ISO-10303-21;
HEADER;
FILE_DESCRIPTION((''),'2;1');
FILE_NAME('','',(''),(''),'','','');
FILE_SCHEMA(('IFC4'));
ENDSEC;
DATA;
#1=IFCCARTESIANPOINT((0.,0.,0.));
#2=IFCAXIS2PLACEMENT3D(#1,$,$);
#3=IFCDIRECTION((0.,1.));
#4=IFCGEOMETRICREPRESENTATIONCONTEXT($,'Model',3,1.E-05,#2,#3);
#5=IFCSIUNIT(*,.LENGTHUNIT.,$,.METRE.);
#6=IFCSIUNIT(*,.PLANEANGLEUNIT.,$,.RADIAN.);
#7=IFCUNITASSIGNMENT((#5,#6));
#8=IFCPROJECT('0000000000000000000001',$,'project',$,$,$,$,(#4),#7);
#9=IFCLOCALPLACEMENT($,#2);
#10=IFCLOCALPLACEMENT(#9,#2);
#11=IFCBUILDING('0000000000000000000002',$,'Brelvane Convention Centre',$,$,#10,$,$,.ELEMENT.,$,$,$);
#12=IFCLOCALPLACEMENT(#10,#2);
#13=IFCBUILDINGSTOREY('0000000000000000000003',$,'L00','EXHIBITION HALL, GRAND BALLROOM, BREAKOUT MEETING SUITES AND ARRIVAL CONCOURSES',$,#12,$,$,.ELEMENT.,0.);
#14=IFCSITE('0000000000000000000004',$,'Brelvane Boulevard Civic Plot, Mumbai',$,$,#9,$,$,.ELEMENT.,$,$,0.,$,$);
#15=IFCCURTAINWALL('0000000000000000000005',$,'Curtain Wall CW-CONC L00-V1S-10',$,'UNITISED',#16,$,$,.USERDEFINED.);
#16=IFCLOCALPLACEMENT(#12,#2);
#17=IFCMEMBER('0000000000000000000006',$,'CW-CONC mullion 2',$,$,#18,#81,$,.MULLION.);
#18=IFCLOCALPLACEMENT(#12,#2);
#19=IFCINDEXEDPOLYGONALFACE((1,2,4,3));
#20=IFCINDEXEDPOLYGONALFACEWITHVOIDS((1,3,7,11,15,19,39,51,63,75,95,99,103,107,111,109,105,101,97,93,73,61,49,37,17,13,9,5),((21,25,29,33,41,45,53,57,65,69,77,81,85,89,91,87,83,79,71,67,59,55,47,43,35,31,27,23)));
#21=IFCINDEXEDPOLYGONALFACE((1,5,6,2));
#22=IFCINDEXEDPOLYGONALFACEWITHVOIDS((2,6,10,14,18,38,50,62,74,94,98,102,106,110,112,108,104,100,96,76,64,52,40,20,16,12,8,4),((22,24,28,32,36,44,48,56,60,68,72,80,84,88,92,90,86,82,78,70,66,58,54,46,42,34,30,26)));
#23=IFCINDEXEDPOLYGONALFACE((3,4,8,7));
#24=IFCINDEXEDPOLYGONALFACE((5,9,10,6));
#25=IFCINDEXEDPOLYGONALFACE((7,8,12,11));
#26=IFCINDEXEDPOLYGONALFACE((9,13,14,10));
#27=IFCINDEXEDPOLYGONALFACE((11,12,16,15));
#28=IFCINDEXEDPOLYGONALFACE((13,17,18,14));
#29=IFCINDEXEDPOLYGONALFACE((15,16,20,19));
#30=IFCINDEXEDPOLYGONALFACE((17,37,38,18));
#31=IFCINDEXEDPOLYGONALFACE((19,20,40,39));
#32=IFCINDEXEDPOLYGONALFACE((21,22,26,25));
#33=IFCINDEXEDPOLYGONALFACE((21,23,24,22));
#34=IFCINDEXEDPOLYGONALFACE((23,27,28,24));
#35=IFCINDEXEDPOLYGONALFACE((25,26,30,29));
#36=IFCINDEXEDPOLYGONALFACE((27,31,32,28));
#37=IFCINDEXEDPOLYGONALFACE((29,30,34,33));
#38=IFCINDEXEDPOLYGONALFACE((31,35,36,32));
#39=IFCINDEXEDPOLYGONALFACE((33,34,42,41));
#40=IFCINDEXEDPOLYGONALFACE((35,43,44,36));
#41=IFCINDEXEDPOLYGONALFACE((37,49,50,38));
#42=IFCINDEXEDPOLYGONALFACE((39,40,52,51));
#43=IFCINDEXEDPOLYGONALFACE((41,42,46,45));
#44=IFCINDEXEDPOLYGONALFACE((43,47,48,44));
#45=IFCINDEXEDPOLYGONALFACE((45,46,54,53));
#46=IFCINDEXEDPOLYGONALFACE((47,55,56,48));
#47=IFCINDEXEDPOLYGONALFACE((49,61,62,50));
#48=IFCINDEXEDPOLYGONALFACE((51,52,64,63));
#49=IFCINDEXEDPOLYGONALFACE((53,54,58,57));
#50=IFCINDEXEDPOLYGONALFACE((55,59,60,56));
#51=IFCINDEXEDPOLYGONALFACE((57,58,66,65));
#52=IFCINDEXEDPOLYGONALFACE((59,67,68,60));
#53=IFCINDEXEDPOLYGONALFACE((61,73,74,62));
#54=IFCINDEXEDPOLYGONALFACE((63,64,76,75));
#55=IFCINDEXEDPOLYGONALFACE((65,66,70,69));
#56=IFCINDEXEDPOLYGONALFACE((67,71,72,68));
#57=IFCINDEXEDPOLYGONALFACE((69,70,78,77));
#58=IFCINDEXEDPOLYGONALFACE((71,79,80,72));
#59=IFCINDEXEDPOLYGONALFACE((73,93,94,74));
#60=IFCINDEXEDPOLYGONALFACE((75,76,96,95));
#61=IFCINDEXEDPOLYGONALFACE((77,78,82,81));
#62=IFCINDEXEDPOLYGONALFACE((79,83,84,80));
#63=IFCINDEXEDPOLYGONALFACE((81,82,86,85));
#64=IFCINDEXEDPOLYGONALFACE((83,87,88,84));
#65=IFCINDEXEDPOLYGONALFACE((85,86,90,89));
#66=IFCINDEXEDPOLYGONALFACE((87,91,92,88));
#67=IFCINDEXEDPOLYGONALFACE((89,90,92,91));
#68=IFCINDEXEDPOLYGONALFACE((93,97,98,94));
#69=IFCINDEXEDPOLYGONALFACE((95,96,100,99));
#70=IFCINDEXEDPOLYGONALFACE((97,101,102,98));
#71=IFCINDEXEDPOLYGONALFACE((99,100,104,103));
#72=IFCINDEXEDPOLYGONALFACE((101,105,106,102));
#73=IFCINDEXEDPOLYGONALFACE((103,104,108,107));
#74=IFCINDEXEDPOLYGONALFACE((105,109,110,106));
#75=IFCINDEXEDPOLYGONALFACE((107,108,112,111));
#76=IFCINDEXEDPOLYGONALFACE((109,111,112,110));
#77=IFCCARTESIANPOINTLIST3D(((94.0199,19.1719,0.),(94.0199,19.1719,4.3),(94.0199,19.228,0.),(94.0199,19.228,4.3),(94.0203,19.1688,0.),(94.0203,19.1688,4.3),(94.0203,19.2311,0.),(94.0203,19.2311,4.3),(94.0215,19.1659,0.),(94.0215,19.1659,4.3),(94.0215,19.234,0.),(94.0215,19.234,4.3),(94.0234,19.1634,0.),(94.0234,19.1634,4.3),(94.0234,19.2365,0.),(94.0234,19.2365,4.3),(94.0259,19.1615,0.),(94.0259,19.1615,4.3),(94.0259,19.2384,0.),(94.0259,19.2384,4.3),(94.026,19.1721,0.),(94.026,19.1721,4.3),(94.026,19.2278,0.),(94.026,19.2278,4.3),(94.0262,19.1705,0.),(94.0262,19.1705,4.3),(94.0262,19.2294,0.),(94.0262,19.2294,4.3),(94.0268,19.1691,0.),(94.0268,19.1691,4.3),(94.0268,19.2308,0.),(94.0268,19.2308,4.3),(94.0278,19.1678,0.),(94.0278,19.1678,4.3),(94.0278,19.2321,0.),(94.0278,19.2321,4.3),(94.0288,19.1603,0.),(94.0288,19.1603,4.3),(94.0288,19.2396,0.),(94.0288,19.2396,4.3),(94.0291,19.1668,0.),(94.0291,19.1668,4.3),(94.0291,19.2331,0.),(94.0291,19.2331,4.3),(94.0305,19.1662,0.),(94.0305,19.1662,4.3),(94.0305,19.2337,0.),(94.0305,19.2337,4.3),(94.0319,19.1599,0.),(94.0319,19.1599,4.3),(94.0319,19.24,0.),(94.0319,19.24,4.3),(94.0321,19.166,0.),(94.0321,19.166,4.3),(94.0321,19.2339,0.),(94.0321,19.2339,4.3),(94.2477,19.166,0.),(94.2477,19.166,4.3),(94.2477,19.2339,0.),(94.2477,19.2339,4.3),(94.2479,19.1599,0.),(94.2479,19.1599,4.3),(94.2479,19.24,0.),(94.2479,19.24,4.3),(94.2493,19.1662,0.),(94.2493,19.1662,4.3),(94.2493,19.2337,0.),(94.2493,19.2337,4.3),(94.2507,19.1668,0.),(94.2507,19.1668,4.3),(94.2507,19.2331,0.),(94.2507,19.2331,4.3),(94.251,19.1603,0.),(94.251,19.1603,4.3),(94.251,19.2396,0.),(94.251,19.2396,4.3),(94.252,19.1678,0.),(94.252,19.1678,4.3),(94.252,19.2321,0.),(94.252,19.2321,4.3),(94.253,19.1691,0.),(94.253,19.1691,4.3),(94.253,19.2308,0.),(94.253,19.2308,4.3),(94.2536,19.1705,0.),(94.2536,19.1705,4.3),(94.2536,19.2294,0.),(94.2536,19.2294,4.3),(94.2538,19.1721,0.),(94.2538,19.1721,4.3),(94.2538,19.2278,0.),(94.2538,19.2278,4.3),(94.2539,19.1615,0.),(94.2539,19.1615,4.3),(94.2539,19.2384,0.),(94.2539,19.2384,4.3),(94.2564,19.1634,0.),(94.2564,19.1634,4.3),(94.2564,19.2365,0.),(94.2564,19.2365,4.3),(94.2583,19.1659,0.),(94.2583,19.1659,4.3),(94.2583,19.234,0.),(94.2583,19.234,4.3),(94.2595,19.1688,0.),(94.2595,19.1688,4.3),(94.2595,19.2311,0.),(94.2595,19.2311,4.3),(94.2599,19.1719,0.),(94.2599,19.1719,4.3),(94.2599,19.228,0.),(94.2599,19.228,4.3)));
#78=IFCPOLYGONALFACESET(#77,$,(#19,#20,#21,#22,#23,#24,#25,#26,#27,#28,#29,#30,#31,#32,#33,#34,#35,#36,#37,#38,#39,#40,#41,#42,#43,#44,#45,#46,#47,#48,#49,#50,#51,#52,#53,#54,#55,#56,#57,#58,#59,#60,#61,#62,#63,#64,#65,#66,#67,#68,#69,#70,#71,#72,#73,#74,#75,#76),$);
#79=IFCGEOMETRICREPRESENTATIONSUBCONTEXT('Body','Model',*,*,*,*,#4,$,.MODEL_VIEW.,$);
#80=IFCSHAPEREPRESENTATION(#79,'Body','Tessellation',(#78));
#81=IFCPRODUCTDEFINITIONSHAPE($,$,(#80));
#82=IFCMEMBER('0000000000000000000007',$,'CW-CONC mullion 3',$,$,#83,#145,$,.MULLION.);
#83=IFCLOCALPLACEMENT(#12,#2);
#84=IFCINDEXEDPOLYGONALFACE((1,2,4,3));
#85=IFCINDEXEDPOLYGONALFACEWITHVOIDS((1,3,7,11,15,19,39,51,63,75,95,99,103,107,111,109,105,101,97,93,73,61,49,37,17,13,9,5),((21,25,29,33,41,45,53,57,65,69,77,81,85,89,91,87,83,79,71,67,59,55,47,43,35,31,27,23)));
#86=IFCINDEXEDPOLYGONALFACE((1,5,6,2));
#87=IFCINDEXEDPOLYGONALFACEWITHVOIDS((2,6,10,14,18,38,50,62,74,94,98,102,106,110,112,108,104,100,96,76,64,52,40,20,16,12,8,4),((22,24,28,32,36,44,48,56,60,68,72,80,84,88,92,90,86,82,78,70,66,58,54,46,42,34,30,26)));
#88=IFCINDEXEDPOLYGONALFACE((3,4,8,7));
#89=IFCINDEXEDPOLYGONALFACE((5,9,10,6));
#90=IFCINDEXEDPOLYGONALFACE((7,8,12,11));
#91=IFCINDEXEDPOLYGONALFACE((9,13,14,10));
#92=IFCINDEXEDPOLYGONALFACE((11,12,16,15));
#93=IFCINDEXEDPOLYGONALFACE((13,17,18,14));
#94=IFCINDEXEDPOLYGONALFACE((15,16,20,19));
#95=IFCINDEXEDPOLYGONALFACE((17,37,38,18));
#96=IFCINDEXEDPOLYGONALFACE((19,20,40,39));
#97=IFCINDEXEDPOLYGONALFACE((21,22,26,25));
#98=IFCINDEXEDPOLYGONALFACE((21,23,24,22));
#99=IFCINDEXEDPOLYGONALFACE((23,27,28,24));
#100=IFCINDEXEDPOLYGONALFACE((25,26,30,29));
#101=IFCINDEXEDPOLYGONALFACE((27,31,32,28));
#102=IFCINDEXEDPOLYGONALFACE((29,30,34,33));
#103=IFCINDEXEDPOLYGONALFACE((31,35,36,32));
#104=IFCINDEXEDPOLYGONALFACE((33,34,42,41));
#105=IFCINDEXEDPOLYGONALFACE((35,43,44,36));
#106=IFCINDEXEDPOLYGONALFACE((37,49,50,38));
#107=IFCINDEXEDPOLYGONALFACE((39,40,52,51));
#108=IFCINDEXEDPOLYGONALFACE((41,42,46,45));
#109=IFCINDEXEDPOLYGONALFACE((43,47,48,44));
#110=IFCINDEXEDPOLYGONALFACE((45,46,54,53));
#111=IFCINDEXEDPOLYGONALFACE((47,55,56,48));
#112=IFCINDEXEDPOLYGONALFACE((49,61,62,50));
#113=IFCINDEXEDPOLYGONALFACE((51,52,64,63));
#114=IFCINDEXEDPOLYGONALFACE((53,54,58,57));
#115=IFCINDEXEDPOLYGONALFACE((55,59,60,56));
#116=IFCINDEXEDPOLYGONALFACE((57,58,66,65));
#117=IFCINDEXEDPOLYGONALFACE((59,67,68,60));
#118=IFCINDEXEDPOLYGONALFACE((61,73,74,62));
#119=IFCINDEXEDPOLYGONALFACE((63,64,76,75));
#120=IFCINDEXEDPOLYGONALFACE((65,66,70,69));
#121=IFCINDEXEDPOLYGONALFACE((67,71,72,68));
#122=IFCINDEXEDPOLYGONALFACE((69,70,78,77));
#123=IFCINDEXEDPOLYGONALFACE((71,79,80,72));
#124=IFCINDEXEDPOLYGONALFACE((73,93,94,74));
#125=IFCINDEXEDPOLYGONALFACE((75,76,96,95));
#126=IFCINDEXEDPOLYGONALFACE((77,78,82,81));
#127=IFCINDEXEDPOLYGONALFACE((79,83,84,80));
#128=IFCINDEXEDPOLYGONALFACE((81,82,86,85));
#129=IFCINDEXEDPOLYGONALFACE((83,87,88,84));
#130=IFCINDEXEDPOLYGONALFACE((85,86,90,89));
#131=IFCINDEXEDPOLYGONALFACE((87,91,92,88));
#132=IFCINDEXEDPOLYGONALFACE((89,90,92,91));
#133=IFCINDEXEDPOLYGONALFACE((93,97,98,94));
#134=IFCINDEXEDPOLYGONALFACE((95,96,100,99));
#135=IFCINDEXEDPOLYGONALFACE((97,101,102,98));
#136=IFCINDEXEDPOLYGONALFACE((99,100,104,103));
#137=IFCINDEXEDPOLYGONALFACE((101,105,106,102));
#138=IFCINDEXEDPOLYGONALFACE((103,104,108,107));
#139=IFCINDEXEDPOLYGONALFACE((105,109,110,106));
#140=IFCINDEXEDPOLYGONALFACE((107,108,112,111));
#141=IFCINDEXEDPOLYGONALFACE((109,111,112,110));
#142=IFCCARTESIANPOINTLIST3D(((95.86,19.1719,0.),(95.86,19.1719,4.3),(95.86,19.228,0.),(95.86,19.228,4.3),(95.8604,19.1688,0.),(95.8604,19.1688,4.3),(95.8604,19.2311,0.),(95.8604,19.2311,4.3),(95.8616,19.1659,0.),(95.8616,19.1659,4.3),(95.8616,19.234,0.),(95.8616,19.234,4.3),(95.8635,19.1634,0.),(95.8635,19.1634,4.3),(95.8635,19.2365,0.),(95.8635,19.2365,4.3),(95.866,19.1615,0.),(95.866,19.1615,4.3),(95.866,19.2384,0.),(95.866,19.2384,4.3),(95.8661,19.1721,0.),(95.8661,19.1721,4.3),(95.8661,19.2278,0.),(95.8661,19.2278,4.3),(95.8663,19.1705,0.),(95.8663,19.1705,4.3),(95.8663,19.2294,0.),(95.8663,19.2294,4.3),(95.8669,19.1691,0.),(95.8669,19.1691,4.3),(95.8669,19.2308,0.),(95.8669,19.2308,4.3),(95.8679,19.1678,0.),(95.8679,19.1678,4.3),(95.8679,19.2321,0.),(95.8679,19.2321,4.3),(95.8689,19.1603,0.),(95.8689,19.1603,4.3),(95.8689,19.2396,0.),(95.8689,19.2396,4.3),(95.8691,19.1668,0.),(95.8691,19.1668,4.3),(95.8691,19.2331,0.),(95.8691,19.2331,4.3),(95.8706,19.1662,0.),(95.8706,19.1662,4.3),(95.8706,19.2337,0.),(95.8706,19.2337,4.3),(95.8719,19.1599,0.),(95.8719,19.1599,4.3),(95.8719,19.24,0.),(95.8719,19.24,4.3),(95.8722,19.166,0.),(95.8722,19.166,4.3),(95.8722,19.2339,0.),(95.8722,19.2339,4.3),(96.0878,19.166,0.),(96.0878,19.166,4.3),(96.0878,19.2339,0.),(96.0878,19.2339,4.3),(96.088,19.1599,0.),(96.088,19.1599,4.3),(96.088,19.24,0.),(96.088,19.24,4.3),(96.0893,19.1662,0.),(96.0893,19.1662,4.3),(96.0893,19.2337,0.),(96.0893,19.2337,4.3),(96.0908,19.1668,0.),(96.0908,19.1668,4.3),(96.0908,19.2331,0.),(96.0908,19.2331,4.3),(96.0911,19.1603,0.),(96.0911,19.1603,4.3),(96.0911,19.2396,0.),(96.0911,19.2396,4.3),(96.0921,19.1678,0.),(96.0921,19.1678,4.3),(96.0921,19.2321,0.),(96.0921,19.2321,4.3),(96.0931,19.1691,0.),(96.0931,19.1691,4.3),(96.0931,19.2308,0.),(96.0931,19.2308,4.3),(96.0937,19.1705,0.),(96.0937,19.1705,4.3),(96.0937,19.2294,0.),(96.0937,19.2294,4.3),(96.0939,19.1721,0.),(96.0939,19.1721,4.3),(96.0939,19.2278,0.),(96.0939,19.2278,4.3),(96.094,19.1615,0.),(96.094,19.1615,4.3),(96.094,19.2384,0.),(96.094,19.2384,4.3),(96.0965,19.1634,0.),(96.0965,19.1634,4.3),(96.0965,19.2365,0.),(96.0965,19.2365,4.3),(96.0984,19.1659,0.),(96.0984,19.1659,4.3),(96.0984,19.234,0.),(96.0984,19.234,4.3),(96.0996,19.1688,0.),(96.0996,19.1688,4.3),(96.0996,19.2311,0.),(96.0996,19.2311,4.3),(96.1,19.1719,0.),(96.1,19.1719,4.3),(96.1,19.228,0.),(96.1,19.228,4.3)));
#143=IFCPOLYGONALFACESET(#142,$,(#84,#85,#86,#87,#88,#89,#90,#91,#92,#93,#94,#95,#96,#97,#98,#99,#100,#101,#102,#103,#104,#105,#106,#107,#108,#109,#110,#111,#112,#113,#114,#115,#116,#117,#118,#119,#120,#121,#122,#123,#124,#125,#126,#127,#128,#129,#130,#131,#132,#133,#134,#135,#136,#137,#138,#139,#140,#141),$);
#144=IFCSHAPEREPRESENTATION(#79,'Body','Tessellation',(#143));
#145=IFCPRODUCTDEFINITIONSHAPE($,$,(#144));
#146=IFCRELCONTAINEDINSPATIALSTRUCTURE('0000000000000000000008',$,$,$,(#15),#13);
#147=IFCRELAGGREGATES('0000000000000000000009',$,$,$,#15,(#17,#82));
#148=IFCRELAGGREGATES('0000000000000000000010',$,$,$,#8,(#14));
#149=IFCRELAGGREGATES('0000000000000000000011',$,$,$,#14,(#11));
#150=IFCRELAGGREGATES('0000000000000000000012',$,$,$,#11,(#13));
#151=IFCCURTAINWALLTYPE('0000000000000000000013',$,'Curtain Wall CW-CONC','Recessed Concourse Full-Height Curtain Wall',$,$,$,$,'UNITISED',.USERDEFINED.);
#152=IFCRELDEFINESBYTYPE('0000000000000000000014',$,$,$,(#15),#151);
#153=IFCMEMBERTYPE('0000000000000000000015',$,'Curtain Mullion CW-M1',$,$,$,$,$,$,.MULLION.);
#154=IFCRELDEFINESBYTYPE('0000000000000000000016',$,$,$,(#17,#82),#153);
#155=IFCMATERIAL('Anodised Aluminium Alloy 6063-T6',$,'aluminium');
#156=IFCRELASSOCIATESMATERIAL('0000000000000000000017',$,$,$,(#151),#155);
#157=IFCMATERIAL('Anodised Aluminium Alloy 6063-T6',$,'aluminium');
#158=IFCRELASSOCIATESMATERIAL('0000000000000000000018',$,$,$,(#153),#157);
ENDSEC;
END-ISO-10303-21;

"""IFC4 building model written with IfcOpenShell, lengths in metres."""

from ifc_helpers import new_model, si_unit, direction, frame, origin, origin_2d, place, context, subcontext, project, spatial, hollow_rectangle, extrude, material, material_profile, profile_set, type_object, element, aggregate, save


model = new_model("IFC4")

# Units and contexts
model_context = context("Model", 3, precision=1e-05, world=origin(), true_north=direction((0.0, 1.0)))
body_context = subcontext(model_context, "Body", "Model", "MODEL_VIEW")
ifc_project = project(units=[si_unit("LENGTHUNIT", "METRE"), si_unit("PLANEANGLEUNIT", "RADIAN")], contexts=[model_context])

# Site, building, storey
site_placement = place(None, origin())
site = spatial("IfcSite", under=ifc_project, at=site_placement, Name="Brelvane Boulevard Civic Plot, Mumbai", CompositionType="ELEMENT", RefElevation=0.0)
building_placement = place(site_placement, origin())
building = spatial("IfcBuilding", under=site, at=building_placement, Name="Brelvane Convention Centre", CompositionType="ELEMENT")
storey_placement = place(building_placement, origin())
storey = spatial("IfcBuildingStorey", under=building, at=storey_placement, Name="L00", Description="EXHIBITION HALL, GRAND BALLROOM, BREAKOUT MEETING SUITES AND ARRIVAL CONCOURSES", CompositionType="ELEMENT", Elevation=0.0)

# Curtain wall, members
ifc_material_1 = material(Name="Anodised Aluminium Alloy 6063-T6", Category="aluminium")
curtain_wall_type = type_object("IfcCurtainWallType", Name="Curtain Wall CW-CONC", Description="Recessed Concourse Full-Height Curtain Wall", ElementType="UNITISED", PredefinedType="USERDEFINED", material=ifc_material_1)
curtain_wall_placement = place(storey_placement, origin())
curtain_wall = element("IfcCurtainWall", 1, at=curtain_wall_placement, inside=storey, type_object=curtain_wall_type, Name="Curtain Wall CW-CONC L00-V1S-10", ObjectType="UNITISED", PredefinedType="USERDEFINED")
ifc_material_2 = material(Name="Anodised Aluminium Alloy 6063-T6", Category="aluminium")
ifc_material_profile_1 = material_profile(ifc_material_2, hollow_rectangle(XDim=0.0801, YDim=0.24, WallThickness=0.0061, InnerFilletRadius=0.0061, OuterFilletRadius=0.012, at=origin_2d()), Name="ALU-M 240x80x6.0")
ifc_profile_set_1 = profile_set([ifc_material_profile_1], Name="Anodised Aluminium Alloy 6063-T6")
member_type_1 = type_object("IfcMemberType", Name="Curtain Mullion CW-M1", PredefinedType="MULLION", material=ifc_profile_set_1)
member_1_placement = place(storey_placement, frame((94.1399, 19.2, 0.0), z_axis=(0.0, 0.0, 1.0), x_axis=(0.0, 1.0, 0.0)))
member_1 = element("IfcMember", 2, at=member_1_placement, type_object=member_type_1, Name="CW-CONC mullion 2", PredefinedType="MULLION", context=body_context, shape_type="SweptSolid", body=[
    extrude(hollow_rectangle(XDim=0.0801, YDim=0.24, WallThickness=0.0061, InnerFilletRadius=0.0061, OuterFilletRadius=0.012, at=origin_2d()), origin(), (0.0, 0.0, 1.0), 4.3),
])
member_2_placement = place(storey_placement, frame((95.98, 19.2, 0.0), z_axis=(0.0, 0.0, 1.0), x_axis=(0.0, 1.0, 0.0)))
member_2 = element("IfcMember", 3, at=member_2_placement, type_object=member_type_1, Name="CW-CONC mullion 3", PredefinedType="MULLION", context=body_context, shape_type="SweptSolid", body=[
    extrude(hollow_rectangle(XDim=0.0801, YDim=0.24, WallThickness=0.0061, InnerFilletRadius=0.0061, OuterFilletRadius=0.012, at=origin_2d()), origin(), (0.0, 0.0, 1.0), 4.3),
])

aggregate(curtain_wall, [member_1, member_2])

save(model, "model.ifc")
